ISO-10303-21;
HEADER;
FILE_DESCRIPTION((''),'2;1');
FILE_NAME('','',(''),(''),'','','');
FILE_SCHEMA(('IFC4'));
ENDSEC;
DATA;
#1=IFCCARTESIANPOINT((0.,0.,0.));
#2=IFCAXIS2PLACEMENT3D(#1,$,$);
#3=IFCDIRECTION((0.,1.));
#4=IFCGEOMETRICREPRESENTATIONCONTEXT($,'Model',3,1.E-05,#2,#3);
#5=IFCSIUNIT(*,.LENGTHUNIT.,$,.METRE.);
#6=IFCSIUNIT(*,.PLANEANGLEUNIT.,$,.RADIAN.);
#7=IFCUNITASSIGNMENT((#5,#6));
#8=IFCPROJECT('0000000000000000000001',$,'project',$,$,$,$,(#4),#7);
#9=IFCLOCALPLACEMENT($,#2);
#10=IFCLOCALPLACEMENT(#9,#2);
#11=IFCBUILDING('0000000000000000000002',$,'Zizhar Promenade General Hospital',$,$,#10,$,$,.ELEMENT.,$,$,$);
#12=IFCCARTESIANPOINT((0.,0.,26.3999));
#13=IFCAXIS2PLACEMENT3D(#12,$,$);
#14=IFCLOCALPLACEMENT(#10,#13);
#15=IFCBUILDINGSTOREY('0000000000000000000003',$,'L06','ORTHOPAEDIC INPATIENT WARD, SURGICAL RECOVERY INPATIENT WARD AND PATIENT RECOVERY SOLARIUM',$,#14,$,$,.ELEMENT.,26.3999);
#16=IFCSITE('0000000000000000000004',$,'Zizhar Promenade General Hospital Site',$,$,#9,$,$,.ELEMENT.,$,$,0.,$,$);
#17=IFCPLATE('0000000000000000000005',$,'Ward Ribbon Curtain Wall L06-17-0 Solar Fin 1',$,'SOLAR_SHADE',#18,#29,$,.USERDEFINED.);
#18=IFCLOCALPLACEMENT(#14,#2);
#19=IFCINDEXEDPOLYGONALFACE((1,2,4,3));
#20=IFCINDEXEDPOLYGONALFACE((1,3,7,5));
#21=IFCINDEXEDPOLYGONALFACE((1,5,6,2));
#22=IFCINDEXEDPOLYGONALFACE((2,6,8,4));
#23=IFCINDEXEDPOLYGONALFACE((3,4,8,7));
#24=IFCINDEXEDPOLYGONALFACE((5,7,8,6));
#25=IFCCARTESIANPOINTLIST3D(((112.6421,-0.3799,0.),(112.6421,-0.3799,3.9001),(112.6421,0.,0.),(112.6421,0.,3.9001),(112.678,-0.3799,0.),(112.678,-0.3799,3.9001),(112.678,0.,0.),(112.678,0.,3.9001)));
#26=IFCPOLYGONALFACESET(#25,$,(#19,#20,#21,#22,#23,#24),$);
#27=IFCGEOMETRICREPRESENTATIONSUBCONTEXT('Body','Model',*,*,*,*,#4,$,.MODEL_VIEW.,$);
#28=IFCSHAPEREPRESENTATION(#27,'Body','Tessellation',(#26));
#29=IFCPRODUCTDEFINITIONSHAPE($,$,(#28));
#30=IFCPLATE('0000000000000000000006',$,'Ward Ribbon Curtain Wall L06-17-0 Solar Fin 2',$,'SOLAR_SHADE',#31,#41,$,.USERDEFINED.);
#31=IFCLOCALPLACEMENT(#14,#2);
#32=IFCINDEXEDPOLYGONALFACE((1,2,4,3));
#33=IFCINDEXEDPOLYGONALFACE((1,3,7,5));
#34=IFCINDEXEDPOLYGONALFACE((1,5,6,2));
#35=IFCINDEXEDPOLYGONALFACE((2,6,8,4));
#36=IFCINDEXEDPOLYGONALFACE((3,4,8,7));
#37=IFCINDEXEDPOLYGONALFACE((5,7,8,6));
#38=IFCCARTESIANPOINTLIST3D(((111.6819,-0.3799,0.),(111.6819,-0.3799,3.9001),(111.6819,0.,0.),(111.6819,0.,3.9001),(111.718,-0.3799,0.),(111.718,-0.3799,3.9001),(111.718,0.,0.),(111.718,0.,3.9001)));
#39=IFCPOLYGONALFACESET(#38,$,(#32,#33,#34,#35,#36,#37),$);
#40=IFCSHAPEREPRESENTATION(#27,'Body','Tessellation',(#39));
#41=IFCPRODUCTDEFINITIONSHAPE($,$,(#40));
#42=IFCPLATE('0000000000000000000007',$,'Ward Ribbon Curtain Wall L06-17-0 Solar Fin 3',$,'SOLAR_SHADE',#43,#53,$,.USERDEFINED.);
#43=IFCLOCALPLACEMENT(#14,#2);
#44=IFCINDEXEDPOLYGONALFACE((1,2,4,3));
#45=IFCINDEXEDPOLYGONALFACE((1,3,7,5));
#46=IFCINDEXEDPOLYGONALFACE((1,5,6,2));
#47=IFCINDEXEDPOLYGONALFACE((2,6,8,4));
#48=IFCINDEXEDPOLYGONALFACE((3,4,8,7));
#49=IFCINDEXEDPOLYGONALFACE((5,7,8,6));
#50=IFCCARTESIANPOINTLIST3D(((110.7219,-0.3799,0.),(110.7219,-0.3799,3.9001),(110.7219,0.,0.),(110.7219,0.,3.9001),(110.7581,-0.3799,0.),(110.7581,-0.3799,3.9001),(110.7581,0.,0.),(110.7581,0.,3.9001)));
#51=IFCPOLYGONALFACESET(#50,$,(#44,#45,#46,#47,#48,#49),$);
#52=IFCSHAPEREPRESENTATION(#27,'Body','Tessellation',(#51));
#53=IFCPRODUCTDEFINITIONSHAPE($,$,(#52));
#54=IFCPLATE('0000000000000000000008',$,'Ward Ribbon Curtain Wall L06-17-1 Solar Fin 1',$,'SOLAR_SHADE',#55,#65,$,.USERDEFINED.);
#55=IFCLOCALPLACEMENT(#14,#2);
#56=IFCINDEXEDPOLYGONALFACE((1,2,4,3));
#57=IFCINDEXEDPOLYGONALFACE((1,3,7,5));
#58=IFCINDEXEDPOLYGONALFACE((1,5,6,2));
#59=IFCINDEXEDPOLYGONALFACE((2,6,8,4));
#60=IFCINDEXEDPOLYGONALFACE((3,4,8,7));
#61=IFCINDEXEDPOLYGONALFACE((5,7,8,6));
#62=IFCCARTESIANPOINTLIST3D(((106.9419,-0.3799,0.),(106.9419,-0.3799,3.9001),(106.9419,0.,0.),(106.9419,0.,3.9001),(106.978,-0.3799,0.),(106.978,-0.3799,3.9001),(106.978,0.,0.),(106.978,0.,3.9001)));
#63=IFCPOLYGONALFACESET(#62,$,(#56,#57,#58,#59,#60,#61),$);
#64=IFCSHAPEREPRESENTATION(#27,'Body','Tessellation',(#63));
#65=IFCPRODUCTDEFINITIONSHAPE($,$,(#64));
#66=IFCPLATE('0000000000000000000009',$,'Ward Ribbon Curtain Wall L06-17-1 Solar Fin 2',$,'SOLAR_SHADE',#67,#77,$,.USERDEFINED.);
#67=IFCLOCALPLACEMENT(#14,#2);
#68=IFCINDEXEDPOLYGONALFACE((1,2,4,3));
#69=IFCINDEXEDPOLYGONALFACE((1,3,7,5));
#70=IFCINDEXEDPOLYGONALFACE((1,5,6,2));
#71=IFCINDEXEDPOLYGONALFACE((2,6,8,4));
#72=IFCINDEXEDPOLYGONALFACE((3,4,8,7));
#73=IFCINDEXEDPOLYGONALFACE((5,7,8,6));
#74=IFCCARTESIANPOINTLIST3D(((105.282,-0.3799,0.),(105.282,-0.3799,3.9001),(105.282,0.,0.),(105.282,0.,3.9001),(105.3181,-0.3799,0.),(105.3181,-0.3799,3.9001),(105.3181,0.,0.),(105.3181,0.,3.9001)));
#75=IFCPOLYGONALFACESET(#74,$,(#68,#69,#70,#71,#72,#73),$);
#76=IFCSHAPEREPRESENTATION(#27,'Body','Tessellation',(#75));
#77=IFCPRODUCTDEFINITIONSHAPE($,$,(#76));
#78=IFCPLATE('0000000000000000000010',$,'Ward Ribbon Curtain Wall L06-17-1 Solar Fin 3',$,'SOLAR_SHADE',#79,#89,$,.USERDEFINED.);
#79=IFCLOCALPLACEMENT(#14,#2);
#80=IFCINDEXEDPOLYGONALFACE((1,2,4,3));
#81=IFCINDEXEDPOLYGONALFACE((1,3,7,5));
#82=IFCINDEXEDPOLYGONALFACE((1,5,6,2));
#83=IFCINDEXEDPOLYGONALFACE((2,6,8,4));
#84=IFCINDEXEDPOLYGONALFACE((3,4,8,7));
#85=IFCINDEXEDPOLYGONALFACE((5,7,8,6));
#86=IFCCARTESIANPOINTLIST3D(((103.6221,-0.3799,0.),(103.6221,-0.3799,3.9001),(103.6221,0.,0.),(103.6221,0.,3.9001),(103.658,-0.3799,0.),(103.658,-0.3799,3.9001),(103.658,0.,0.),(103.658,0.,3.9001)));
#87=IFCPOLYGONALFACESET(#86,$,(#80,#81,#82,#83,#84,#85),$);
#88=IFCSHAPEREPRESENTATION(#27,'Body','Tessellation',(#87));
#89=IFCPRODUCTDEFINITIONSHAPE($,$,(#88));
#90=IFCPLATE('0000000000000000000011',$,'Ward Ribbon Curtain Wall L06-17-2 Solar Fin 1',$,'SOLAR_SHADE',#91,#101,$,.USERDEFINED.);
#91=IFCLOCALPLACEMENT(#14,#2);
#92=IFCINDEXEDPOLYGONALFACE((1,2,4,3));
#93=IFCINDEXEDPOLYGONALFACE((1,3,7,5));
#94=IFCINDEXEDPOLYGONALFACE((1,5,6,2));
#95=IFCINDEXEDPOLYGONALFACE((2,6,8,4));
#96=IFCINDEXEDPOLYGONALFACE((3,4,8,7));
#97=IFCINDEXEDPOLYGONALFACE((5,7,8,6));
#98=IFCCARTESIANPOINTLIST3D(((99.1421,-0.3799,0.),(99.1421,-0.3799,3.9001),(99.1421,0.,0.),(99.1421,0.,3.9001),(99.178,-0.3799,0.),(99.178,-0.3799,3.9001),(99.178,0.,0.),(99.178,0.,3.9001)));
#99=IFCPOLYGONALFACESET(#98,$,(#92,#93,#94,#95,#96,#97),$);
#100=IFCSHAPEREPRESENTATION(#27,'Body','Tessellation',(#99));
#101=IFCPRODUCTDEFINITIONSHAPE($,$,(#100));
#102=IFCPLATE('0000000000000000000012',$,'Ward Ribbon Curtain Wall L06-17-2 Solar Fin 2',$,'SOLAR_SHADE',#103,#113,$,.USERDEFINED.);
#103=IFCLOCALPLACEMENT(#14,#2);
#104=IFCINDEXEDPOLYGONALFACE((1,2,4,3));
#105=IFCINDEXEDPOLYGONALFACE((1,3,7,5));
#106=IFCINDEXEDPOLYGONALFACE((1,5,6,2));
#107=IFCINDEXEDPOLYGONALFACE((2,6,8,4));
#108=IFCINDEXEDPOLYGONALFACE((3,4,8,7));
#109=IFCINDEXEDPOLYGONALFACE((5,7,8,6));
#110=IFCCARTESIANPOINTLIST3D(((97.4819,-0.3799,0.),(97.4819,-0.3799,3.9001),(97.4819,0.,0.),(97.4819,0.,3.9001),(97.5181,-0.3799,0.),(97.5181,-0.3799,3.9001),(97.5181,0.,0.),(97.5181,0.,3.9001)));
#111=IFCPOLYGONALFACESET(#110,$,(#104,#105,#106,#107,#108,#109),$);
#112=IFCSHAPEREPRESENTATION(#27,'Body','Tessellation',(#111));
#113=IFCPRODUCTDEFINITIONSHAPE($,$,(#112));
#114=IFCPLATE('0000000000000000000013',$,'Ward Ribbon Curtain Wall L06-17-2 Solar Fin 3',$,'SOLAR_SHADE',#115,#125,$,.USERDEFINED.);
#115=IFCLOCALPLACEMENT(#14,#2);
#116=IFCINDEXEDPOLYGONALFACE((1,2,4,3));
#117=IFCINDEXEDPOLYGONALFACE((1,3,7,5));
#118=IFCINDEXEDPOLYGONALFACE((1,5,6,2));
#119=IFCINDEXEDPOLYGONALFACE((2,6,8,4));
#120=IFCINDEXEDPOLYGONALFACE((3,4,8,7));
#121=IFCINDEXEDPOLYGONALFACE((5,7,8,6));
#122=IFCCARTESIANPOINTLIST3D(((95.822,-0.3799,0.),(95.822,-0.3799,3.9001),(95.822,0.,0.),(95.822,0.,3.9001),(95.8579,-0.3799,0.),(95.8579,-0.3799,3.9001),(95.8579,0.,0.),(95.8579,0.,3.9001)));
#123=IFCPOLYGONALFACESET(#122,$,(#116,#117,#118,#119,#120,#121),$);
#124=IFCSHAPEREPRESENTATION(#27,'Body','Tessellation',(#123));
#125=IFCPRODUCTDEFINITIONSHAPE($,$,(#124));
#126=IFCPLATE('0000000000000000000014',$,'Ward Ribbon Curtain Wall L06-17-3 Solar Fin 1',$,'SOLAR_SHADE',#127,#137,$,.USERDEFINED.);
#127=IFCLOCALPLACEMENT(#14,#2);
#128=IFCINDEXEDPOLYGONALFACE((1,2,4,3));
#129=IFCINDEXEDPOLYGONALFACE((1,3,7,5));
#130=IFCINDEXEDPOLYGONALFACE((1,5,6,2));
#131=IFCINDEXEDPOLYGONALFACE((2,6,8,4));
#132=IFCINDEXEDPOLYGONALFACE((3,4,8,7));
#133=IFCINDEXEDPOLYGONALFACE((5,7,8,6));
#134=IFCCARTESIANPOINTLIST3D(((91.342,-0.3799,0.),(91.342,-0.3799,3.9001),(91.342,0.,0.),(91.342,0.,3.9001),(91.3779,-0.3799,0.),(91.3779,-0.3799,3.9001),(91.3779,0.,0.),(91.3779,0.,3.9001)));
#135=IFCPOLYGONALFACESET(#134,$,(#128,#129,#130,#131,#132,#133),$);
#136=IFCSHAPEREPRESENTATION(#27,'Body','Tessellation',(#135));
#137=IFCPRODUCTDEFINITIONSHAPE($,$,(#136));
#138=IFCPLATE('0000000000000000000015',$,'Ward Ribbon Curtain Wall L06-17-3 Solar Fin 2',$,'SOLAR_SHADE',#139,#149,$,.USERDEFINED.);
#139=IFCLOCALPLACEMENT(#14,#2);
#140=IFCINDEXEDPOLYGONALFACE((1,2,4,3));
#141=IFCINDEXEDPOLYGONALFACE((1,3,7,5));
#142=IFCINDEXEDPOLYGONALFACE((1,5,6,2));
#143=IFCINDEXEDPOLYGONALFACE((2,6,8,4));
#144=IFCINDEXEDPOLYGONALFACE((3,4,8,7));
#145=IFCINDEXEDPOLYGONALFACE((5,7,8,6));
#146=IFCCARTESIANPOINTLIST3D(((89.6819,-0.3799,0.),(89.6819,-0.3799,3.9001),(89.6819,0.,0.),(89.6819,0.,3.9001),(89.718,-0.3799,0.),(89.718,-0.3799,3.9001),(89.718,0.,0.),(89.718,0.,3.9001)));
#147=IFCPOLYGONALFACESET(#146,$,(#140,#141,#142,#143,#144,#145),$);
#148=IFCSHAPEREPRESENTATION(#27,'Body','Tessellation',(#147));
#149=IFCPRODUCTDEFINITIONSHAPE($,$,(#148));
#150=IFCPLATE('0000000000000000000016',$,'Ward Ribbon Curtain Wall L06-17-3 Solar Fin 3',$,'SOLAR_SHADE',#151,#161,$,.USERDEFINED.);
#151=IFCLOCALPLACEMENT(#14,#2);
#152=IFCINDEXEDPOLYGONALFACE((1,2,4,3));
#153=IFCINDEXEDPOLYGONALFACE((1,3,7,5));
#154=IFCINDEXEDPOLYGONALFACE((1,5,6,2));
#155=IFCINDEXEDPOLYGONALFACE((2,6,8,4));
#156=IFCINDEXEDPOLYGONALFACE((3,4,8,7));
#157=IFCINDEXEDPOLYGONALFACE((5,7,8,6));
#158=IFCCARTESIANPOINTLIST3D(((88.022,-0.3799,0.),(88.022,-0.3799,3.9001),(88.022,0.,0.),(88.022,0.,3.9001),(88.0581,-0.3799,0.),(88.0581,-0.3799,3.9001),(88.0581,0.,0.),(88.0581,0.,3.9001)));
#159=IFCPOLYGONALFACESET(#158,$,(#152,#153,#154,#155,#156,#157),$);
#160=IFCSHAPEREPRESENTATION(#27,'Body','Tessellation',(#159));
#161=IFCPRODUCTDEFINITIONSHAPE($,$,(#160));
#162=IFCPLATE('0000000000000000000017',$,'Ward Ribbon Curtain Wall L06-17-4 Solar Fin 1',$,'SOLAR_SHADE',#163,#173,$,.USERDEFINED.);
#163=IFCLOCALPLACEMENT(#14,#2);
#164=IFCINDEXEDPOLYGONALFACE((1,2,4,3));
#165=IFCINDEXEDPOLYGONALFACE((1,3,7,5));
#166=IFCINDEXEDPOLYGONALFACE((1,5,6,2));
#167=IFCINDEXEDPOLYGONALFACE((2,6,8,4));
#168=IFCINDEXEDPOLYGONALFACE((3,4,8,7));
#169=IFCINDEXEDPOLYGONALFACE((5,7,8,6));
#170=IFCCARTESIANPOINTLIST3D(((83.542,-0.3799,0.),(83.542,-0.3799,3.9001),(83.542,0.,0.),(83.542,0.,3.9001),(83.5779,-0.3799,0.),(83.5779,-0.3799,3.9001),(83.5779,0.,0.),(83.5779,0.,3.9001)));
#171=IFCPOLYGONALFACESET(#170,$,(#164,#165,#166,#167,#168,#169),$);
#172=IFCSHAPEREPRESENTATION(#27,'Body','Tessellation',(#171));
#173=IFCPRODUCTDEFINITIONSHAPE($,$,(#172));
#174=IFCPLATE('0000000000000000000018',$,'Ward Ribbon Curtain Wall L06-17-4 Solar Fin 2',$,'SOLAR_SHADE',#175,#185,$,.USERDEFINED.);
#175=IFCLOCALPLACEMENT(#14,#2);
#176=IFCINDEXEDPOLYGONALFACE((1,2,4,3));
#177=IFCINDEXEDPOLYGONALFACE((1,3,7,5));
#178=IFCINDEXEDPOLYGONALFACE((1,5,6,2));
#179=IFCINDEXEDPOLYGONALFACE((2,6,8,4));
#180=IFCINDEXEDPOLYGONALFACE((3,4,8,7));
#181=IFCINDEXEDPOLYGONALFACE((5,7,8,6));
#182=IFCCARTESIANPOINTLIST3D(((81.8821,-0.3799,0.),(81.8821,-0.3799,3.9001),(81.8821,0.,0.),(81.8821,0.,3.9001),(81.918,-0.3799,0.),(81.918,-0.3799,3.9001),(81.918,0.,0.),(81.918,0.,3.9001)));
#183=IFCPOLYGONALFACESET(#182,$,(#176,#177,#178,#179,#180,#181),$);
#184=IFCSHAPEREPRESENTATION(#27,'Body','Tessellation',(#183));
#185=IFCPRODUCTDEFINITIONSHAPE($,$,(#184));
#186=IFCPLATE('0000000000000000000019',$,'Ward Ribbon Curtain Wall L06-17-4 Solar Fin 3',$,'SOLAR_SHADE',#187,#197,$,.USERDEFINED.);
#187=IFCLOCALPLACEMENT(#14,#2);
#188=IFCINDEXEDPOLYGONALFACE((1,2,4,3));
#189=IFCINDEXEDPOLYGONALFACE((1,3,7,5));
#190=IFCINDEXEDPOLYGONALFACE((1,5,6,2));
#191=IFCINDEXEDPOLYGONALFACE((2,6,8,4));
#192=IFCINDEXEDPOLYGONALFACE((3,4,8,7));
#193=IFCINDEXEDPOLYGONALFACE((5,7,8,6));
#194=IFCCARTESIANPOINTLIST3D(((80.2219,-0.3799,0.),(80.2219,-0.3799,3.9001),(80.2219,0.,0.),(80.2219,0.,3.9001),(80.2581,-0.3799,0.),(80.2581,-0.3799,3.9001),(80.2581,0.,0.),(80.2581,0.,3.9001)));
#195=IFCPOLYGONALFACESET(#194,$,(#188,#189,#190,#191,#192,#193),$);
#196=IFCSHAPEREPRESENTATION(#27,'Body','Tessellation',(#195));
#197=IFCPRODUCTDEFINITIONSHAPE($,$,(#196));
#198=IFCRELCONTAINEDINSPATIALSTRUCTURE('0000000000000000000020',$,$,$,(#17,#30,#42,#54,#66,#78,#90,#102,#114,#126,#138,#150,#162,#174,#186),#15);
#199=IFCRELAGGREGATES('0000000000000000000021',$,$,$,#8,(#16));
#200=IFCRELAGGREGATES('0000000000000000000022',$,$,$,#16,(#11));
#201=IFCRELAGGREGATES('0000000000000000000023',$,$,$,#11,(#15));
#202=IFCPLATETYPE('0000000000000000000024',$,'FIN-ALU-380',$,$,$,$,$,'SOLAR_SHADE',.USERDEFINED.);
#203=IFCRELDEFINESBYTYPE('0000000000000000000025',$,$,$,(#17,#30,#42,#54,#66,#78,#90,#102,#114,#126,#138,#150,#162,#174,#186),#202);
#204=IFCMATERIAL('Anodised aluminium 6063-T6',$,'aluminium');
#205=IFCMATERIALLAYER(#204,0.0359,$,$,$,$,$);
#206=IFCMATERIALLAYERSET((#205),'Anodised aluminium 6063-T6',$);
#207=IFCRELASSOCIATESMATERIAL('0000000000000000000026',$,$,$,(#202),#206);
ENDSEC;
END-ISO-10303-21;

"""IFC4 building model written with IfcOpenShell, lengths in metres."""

from ifc_helpers import new_model, si_unit, direction, frame, origin, place, context, subcontext, project, spatial, polyline, outline, extrude, material, layer, layer_set, type_object, element, save


model = new_model("IFC4")

# Units and contexts
model_context = context("Model", 3, precision=1e-05, world=origin(), true_north=direction((0.0, 1.0)))
body_context = subcontext(model_context, "Body", "Model", "MODEL_VIEW")
ifc_project = project(units=[si_unit("LENGTHUNIT", "METRE"), si_unit("PLANEANGLEUNIT", "RADIAN")], contexts=[model_context])

# Site, building, storey
site_placement = place(None, origin())
site = spatial("IfcSite", under=ifc_project, at=site_placement, Name="Zizhar Promenade General Hospital Site", CompositionType="ELEMENT", RefElevation=0.0)
building_placement = place(site_placement, origin())
building = spatial("IfcBuilding", under=site, at=building_placement, Name="Zizhar Promenade General Hospital", CompositionType="ELEMENT")
storey_placement = place(building_placement, frame((0.0, 0.0, 26.3999)))
storey = spatial("IfcBuildingStorey", under=building, at=storey_placement, Name="L06", Description="ORTHOPAEDIC INPATIENT WARD, SURGICAL RECOVERY INPATIENT WARD AND PATIENT RECOVERY SOLARIUM", CompositionType="ELEMENT", Elevation=26.3999)

# Plates
ifc_material = material(Name="Anodised aluminium 6063-T6", Category="aluminium")
ifc_layer = layer(ifc_material, 0.0359)
ifc_layer_set = layer_set([ifc_layer], Name="Anodised aluminium 6063-T6")
plate_type = type_object("IfcPlateType", Name="FIN-ALU-380", ElementType="SOLAR_SHADE", PredefinedType="USERDEFINED", material=ifc_layer_set)
plate_1_placement = place(storey_placement, origin())
element("IfcPlate", 1, at=plate_1_placement, inside=storey, type_object=plate_type, Name="Ward Ribbon Curtain Wall L06-17-0 Solar Fin 1", ObjectType="SOLAR_SHADE", PredefinedType="USERDEFINED", context=body_context, shape_type="SweptSolid", body=[
    extrude(outline(polyline([(112.678, 0.0), (112.6421, 0.0), (112.6421, -0.3799), (112.678, -0.3799), (112.678, 0.0)])), origin(), (0.0, 0.0, 1.0), 3.9001),
])
plate_2_placement = place(storey_placement, origin())
element("IfcPlate", 2, at=plate_2_placement, inside=storey, type_object=plate_type, Name="Ward Ribbon Curtain Wall L06-17-0 Solar Fin 2", ObjectType="SOLAR_SHADE", PredefinedType="USERDEFINED", context=body_context, shape_type="SweptSolid", body=[
    extrude(outline(polyline([(111.718, 0.0), (111.6819, 0.0), (111.6819, -0.3799), (111.718, -0.3799), (111.718, 0.0)])), origin(), (0.0, 0.0, 1.0), 3.9001),
])
plate_3_placement = place(storey_placement, origin())
element("IfcPlate", 3, at=plate_3_placement, inside=storey, type_object=plate_type, Name="Ward Ribbon Curtain Wall L06-17-0 Solar Fin 3", ObjectType="SOLAR_SHADE", PredefinedType="USERDEFINED", context=body_context, shape_type="SweptSolid", body=[
    extrude(outline(polyline([(110.7581, 0.0), (110.7219, 0.0), (110.7219, -0.3799), (110.7581, -0.3799), (110.7581, 0.0)])), origin(), (0.0, 0.0, 1.0), 3.9001),
])
plate_4_placement = place(storey_placement, origin())
element("IfcPlate", 4, at=plate_4_placement, inside=storey, type_object=plate_type, Name="Ward Ribbon Curtain Wall L06-17-1 Solar Fin 1", ObjectType="SOLAR_SHADE", PredefinedType="USERDEFINED", context=body_context, shape_type="SweptSolid", body=[
    extrude(outline(polyline([(106.978, 0.0), (106.9419, 0.0), (106.9419, -0.3799), (106.978, -0.3799), (106.978, 0.0)])), origin(), (0.0, 0.0, 1.0), 3.9001),
])
plate_5_placement = place(storey_placement, origin())
element("IfcPlate", 5, at=plate_5_placement, inside=storey, type_object=plate_type, Name="Ward Ribbon Curtain Wall L06-17-1 Solar Fin 2", ObjectType="SOLAR_SHADE", PredefinedType="USERDEFINED", context=body_context, shape_type="SweptSolid", body=[
    extrude(outline(polyline([(105.3181, 0.0), (105.282, 0.0), (105.282, -0.3799), (105.3181, -0.3799), (105.3181, 0.0)])), origin(), (0.0, 0.0, 1.0), 3.9001),
])
plate_6_placement = place(storey_placement, origin())
element("IfcPlate", 6, at=plate_6_placement, inside=storey, type_object=plate_type, Name="Ward Ribbon Curtain Wall L06-17-1 Solar Fin 3", ObjectType="SOLAR_SHADE", PredefinedType="USERDEFINED", context=body_context, shape_type="SweptSolid", body=[
    extrude(outline(polyline([(103.658, 0.0), (103.6221, 0.0), (103.6221, -0.3799), (103.658, -0.3799), (103.658, 0.0)])), origin(), (0.0, 0.0, 1.0), 3.9001),
])
plate_7_placement = place(storey_placement, origin())
element("IfcPlate", 7, at=plate_7_placement, inside=storey, type_object=plate_type, Name="Ward Ribbon Curtain Wall L06-17-2 Solar Fin 1", ObjectType="SOLAR_SHADE", PredefinedType="USERDEFINED", context=body_context, shape_type="SweptSolid", body=[
    extrude(outline(polyline([(99.178, 0.0), (99.1421, 0.0), (99.1421, -0.3799), (99.178, -0.3799), (99.178, 0.0)])), origin(), (0.0, 0.0, 1.0), 3.9001),
])
plate_8_placement = place(storey_placement, origin())
element("IfcPlate", 8, at=plate_8_placement, inside=storey, type_object=plate_type, Name="Ward Ribbon Curtain Wall L06-17-2 Solar Fin 2", ObjectType="SOLAR_SHADE", PredefinedType="USERDEFINED", context=body_context, shape_type="SweptSolid", body=[
    extrude(outline(polyline([(97.5181, 0.0), (97.4819, 0.0), (97.4819, -0.3799), (97.5181, -0.3799), (97.5181, 0.0)])), origin(), (0.0, 0.0, 1.0), 3.9001),
])
plate_9_placement = place(storey_placement, origin())
element("IfcPlate", 9, at=plate_9_placement, inside=storey, type_object=plate_type, Name="Ward Ribbon Curtain Wall L06-17-2 Solar Fin 3", ObjectType="SOLAR_SHADE", PredefinedType="USERDEFINED", context=body_context, shape_type="SweptSolid", body=[
    extrude(outline(polyline([(95.8579, 0.0), (95.822, 0.0), (95.822, -0.3799), (95.8579, -0.3799), (95.8579, 0.0)])), origin(), (0.0, 0.0, 1.0), 3.9001),
])
plate_10_placement = place(storey_placement, origin())
element("IfcPlate", 10, at=plate_10_placement, inside=storey, type_object=plate_type, Name="Ward Ribbon Curtain Wall L06-17-3 Solar Fin 1", ObjectType="SOLAR_SHADE", PredefinedType="USERDEFINED", context=body_context, shape_type="SweptSolid", body=[
    extrude(outline(polyline([(91.3779, 0.0), (91.342, 0.0), (91.342, -0.3799), (91.3779, -0.3799), (91.3779, 0.0)])), origin(), (0.0, 0.0, 1.0), 3.9001),
])
plate_11_placement = place(storey_placement, origin())
element("IfcPlate", 11, at=plate_11_placement, inside=storey, type_object=plate_type, Name="Ward Ribbon Curtain Wall L06-17-3 Solar Fin 2", ObjectType="SOLAR_SHADE", PredefinedType="USERDEFINED", context=body_context, shape_type="SweptSolid", body=[
    extrude(outline(polyline([(89.718, 0.0), (89.6819, 0.0), (89.6819, -0.3799), (89.718, -0.3799), (89.718, 0.0)])), origin(), (0.0, 0.0, 1.0), 3.9001),
])
plate_12_placement = place(storey_placement, origin())
element("IfcPlate", 12, at=plate_12_placement, inside=storey, type_object=plate_type, Name="Ward Ribbon Curtain Wall L06-17-3 Solar Fin 3", ObjectType="SOLAR_SHADE", PredefinedType="USERDEFINED", context=body_context, shape_type="SweptSolid", body=[
    extrude(outline(polyline([(88.0581, 0.0), (88.022, 0.0), (88.022, -0.3799), (88.0581, -0.3799), (88.0581, 0.0)])), origin(), (0.0, 0.0, 1.0), 3.9001),
])
plate_13_placement = place(storey_placement, origin())
element("IfcPlate", 13, at=plate_13_placement, inside=storey, type_object=plate_type, Name="Ward Ribbon Curtain Wall L06-17-4 Solar Fin 1", ObjectType="SOLAR_SHADE", PredefinedType="USERDEFINED", context=body_context, shape_type="SweptSolid", body=[
    extrude(outline(polyline([(83.5779, 0.0), (83.542, 0.0), (83.542, -0.3799), (83.5779, -0.3799), (83.5779, 0.0)])), origin(), (0.0, 0.0, 1.0), 3.9001),
])
plate_14_placement = place(storey_placement, origin())
element("IfcPlate", 14, at=plate_14_placement, inside=storey, type_object=plate_type, Name="Ward Ribbon Curtain Wall L06-17-4 Solar Fin 2", ObjectType="SOLAR_SHADE", PredefinedType="USERDEFINED", context=body_context, shape_type="SweptSolid", body=[
    extrude(outline(polyline([(81.918, 0.0), (81.8821, 0.0), (81.8821, -0.3799), (81.918, -0.3799), (81.918, 0.0)])), origin(), (0.0, 0.0, 1.0), 3.9001),
])
plate_15_placement = place(storey_placement, origin())
element("IfcPlate", 15, at=plate_15_placement, inside=storey, type_object=plate_type, Name="Ward Ribbon Curtain Wall L06-17-4 Solar Fin 3", ObjectType="SOLAR_SHADE", PredefinedType="USERDEFINED", context=body_context, shape_type="SweptSolid", body=[
    extrude(outline(polyline([(80.2581, 0.0), (80.2219, 0.0), (80.2219, -0.3799), (80.2581, -0.3799), (80.2581, 0.0)])), origin(), (0.0, 0.0, 1.0), 3.9001),
])

save(model, "model.ifc")
